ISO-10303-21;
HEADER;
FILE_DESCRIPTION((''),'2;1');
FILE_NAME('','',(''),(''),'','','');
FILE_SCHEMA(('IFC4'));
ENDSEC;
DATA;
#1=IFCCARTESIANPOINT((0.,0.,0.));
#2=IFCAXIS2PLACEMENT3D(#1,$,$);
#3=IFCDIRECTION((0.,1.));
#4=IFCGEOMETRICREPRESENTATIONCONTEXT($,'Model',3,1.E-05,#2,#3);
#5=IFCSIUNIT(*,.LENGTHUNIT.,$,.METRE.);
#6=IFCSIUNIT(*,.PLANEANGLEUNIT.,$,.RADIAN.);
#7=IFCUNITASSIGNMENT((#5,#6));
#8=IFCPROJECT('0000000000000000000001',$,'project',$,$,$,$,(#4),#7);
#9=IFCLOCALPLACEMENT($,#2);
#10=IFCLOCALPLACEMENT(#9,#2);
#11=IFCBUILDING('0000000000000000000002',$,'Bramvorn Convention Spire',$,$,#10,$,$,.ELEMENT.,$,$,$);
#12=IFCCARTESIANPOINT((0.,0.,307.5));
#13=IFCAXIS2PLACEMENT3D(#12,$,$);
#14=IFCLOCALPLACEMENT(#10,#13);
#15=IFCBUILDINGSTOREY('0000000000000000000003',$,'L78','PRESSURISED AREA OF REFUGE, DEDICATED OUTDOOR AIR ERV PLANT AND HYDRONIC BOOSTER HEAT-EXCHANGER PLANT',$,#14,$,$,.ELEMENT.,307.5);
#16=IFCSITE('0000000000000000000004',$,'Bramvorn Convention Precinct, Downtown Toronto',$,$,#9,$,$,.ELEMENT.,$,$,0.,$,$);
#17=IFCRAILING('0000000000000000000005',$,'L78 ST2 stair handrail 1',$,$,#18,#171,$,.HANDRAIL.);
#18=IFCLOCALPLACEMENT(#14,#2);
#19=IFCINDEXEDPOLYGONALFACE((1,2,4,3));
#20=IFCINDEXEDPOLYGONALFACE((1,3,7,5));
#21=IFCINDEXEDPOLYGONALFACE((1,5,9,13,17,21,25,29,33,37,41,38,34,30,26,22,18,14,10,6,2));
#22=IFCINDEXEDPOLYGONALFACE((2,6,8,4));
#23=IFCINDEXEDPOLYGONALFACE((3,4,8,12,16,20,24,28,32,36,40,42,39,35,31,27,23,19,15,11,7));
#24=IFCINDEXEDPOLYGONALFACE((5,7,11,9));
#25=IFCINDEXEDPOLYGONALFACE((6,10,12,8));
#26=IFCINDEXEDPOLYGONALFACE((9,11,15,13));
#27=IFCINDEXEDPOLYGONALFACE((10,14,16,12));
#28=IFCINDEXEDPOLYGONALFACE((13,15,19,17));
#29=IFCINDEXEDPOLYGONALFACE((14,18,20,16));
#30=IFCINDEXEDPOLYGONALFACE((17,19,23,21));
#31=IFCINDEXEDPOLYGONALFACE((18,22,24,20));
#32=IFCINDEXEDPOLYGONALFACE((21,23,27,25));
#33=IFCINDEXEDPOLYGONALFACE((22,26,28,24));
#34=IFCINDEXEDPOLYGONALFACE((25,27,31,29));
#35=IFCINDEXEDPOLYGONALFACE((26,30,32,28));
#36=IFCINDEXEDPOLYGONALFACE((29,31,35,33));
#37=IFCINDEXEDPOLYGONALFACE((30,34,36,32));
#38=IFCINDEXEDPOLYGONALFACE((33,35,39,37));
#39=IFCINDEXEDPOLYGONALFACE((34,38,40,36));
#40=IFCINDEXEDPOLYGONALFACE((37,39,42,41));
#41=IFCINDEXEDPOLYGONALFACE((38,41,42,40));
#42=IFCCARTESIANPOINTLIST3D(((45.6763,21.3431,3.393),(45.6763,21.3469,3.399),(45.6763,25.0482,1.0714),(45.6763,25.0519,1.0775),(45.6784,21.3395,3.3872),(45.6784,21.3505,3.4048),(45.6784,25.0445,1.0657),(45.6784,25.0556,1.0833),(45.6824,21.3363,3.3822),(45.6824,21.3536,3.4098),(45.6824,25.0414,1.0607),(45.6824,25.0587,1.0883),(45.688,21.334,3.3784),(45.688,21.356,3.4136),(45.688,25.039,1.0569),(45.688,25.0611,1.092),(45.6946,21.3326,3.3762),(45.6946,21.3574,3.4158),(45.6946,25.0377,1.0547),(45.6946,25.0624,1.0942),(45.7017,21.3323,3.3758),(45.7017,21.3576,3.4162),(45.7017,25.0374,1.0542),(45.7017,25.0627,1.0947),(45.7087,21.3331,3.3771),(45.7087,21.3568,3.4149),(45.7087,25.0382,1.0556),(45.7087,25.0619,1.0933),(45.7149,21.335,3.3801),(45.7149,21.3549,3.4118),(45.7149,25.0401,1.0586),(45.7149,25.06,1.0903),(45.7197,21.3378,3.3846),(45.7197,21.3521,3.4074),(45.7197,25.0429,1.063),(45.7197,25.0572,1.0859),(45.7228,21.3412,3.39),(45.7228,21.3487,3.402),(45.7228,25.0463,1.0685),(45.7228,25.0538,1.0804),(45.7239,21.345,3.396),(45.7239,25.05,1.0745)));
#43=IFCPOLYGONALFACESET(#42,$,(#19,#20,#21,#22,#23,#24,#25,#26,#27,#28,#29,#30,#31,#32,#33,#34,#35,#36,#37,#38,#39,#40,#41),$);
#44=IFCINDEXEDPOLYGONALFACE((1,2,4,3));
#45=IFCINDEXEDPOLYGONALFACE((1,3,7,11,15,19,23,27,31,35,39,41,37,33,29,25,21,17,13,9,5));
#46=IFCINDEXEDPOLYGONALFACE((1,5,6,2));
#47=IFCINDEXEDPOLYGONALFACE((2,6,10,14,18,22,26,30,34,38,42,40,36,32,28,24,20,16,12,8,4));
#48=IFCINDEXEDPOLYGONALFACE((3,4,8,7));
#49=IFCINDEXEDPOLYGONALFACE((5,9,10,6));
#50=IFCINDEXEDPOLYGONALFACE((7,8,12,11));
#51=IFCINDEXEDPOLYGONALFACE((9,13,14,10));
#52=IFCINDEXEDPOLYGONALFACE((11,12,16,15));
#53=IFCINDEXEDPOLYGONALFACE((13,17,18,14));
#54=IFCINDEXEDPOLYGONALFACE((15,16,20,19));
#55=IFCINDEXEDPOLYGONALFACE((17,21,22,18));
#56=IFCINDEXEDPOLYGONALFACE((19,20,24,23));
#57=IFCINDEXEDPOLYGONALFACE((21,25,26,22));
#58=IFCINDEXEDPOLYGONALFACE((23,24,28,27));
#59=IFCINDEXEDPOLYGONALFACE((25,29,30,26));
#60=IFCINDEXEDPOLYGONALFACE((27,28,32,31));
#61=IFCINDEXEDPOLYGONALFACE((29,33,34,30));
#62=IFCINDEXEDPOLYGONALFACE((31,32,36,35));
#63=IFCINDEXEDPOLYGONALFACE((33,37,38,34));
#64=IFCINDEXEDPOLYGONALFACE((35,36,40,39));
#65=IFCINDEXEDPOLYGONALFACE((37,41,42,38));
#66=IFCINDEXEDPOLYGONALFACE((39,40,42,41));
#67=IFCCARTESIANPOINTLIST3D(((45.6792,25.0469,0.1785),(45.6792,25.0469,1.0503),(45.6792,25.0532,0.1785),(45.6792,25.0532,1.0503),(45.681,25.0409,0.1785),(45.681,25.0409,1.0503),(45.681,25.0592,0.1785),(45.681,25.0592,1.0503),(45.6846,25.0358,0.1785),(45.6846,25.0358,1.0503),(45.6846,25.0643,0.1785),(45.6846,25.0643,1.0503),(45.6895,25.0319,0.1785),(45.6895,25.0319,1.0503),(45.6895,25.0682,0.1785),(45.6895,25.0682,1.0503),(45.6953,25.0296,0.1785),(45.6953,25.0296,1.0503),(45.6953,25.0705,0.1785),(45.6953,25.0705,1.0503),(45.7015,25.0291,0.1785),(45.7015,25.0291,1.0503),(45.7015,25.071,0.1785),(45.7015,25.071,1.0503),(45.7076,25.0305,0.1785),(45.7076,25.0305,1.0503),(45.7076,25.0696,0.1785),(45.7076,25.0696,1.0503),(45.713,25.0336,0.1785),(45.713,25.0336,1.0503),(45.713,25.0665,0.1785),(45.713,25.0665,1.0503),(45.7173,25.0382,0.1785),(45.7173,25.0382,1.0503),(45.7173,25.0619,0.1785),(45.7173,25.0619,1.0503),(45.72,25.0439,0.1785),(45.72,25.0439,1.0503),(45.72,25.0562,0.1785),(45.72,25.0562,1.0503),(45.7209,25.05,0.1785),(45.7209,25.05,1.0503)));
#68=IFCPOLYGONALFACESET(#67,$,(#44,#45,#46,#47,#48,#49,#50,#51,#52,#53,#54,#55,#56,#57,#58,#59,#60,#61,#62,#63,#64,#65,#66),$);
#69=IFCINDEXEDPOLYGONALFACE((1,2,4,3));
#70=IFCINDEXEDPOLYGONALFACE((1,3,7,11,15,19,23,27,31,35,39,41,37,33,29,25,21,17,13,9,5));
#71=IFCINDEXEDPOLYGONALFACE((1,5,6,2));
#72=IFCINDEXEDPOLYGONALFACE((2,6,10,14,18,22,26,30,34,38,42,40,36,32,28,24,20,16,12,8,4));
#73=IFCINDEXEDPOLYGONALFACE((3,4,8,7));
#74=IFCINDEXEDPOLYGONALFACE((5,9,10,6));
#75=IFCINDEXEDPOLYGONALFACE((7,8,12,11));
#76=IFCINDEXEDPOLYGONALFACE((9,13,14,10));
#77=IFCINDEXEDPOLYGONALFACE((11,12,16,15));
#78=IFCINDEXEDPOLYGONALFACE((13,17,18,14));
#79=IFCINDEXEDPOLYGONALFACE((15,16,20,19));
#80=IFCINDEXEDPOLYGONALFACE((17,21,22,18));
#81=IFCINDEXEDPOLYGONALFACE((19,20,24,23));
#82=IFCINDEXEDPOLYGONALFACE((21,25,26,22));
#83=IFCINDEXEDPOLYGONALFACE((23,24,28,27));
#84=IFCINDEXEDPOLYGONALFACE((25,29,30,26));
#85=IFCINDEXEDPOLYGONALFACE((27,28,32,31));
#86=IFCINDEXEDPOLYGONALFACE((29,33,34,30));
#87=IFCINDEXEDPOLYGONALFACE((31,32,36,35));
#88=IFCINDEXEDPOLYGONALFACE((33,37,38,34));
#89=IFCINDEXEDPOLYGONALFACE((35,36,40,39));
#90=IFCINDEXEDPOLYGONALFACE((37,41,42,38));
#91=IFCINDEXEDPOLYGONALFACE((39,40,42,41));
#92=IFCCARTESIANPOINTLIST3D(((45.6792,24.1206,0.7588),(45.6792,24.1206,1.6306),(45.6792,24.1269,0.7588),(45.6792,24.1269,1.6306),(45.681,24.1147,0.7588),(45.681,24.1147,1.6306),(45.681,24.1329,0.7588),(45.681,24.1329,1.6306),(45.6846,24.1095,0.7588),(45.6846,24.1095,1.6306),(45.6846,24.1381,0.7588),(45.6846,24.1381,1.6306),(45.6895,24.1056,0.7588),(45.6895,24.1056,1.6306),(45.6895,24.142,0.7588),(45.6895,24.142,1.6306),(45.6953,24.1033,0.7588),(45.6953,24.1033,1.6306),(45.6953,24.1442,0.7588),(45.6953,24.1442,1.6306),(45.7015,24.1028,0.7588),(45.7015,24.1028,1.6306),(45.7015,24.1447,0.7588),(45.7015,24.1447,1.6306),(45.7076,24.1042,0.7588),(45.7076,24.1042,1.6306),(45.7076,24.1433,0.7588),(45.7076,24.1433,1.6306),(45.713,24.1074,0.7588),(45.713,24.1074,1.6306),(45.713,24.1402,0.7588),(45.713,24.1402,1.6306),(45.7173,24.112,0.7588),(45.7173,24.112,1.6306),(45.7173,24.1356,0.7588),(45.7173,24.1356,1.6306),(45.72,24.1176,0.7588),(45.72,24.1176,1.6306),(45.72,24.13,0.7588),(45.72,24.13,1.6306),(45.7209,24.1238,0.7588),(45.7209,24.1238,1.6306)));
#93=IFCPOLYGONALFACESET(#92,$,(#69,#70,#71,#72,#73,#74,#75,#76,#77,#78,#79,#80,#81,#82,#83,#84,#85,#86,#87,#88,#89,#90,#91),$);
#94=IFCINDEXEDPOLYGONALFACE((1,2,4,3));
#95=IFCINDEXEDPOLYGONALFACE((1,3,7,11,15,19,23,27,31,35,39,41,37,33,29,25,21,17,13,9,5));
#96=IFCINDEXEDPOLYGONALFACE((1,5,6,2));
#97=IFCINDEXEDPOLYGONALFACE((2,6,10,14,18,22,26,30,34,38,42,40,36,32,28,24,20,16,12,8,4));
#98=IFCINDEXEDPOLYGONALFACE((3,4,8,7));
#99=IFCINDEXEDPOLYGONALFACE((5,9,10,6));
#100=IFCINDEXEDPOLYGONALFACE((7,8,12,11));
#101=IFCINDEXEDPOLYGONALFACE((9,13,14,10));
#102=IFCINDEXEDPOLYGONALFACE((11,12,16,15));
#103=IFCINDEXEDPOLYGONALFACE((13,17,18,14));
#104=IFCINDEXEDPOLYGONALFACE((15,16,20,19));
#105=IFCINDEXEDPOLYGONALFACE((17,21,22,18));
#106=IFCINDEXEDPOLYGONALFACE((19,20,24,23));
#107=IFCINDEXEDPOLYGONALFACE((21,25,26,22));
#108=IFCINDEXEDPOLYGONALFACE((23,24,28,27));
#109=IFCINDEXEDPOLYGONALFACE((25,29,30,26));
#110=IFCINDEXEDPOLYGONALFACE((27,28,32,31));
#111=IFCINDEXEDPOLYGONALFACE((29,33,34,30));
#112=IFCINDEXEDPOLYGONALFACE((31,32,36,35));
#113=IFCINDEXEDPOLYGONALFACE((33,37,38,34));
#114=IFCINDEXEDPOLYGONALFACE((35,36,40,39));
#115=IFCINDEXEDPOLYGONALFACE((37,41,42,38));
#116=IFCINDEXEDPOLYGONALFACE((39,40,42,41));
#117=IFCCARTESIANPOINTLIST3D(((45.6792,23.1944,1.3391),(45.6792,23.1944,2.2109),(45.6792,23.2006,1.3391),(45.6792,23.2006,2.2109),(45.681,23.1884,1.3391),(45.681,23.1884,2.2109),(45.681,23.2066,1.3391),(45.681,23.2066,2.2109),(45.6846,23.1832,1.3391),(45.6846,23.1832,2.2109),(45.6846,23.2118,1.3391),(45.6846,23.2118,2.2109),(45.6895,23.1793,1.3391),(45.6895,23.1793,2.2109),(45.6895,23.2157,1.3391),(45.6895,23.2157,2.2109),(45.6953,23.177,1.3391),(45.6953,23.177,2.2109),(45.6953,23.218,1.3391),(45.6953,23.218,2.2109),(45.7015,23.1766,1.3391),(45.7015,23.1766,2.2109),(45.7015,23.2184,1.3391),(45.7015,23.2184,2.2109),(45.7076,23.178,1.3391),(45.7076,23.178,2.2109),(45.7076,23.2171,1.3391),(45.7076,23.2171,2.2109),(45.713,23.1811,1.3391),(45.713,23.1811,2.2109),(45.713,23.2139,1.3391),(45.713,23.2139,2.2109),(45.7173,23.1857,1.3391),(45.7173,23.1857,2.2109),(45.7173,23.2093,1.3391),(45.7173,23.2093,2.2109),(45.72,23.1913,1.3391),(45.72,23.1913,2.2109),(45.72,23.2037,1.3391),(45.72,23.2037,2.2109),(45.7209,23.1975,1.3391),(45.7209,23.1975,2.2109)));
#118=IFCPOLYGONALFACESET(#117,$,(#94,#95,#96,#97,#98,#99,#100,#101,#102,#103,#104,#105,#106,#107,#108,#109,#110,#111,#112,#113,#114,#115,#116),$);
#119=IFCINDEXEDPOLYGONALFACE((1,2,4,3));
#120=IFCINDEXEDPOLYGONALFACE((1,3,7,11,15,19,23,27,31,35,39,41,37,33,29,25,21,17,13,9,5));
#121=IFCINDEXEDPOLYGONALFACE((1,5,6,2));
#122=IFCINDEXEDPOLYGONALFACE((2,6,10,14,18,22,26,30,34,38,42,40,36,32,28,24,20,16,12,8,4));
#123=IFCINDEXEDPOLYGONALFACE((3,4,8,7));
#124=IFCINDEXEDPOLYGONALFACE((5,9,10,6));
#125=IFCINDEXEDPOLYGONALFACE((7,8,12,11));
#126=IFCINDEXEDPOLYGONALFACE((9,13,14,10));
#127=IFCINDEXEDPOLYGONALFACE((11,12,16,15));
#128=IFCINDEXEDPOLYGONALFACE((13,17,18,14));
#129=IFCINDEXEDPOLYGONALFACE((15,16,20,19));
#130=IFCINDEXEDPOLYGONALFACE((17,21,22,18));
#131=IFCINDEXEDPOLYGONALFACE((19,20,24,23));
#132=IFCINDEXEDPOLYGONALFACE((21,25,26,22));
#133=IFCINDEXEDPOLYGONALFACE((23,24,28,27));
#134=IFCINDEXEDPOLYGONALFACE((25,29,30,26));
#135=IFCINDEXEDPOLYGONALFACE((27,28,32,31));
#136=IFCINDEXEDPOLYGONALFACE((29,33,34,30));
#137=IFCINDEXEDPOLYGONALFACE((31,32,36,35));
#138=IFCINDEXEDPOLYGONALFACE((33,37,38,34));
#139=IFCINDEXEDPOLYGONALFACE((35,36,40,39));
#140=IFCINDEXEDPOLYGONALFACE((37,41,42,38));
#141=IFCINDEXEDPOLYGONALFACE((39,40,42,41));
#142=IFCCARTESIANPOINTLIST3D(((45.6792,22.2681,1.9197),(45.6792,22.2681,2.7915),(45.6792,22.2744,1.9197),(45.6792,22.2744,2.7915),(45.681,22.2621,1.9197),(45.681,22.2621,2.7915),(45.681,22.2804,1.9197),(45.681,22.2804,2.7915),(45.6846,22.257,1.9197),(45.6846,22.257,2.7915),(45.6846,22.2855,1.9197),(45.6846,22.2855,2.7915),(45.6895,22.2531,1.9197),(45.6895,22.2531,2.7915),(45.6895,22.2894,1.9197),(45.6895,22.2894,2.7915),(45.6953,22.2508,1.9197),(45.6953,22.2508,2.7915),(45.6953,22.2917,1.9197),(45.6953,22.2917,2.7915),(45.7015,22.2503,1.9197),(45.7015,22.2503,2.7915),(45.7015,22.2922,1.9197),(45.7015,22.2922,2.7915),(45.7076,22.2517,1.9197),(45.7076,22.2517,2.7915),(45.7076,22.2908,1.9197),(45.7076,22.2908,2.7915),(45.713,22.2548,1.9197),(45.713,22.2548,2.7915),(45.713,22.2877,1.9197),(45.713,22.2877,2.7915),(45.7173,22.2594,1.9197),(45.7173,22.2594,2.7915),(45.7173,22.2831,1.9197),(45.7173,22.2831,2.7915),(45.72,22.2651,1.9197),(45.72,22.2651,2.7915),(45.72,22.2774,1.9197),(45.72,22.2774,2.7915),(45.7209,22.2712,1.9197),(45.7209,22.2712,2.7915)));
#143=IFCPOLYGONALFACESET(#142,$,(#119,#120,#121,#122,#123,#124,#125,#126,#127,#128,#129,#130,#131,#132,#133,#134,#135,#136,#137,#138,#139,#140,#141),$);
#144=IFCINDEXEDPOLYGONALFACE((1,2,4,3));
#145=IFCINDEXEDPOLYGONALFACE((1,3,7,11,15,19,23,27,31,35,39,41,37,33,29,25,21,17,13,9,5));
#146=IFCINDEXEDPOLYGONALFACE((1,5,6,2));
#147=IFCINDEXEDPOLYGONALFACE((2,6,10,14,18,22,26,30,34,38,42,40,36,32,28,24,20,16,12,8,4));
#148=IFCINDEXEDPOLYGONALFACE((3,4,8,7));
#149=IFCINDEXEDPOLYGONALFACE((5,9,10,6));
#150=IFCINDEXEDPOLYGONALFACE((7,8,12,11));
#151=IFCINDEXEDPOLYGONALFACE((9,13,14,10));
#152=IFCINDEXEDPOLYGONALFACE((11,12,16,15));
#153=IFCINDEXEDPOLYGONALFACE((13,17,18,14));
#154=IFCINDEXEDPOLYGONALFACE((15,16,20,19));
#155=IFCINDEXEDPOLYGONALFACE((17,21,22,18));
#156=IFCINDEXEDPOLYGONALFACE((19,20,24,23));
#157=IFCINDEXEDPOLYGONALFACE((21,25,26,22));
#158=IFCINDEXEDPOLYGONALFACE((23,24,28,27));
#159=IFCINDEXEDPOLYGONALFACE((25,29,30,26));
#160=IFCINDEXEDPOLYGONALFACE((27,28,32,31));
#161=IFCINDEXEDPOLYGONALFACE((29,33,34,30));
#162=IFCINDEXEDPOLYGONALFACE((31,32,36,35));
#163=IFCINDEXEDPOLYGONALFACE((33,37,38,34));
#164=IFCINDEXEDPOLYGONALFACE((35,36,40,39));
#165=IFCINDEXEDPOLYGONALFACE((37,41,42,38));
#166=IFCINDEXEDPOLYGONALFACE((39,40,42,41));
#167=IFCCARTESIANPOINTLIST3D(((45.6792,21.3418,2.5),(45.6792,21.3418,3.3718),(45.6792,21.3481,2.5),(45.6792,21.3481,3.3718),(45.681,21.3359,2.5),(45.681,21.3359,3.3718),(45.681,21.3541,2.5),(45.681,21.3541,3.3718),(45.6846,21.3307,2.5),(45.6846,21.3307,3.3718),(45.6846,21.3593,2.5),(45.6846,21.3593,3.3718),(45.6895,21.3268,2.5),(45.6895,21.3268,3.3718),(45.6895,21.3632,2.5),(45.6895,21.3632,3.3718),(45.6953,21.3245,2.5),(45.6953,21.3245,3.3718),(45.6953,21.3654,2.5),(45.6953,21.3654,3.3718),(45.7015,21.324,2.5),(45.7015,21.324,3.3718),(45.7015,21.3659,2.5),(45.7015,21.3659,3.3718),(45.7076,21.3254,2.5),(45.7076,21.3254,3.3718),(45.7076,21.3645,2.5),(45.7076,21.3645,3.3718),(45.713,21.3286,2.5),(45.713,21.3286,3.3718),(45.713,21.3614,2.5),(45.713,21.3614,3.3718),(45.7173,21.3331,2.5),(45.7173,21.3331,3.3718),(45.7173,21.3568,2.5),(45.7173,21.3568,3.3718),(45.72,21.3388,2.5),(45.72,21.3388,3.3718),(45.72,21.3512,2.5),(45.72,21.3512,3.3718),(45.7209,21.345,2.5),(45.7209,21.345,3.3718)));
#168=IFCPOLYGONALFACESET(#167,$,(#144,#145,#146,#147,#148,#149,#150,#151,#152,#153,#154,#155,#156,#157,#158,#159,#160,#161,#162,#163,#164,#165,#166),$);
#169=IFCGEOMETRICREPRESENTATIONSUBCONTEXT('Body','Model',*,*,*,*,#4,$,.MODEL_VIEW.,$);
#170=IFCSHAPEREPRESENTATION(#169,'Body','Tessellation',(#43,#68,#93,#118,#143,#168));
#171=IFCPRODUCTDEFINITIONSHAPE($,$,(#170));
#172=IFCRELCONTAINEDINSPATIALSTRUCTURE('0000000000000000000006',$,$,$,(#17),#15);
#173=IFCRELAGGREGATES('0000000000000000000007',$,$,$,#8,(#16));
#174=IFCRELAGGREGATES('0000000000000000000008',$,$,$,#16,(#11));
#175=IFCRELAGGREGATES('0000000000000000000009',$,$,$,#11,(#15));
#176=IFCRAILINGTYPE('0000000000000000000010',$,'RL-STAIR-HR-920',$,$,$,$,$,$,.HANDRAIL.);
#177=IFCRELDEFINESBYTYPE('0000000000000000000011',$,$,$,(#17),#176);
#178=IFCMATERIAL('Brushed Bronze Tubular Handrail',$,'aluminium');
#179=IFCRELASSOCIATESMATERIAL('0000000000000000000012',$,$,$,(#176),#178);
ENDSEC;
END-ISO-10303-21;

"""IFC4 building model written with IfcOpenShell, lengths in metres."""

from ifc_helpers import new_model, si_unit, direction, frame, origin, origin_2d, place, context, subcontext, project, spatial, circle, extrude, material, type_object, element, save


model = new_model("IFC4")

# Units and contexts
model_context = context("Model", 3, precision=1e-05, world=origin(), true_north=direction((0.0, 1.0)))
body_context = subcontext(model_context, "Body", "Model", "MODEL_VIEW")
ifc_project = project(units=[si_unit("LENGTHUNIT", "METRE"), si_unit("PLANEANGLEUNIT", "RADIAN")], contexts=[model_context])

# Site, building, storey
site_placement = place(None, origin())
site = spatial("IfcSite", under=ifc_project, at=site_placement, Name="Bramvorn Convention Precinct, Downtown Toronto", CompositionType="ELEMENT", RefElevation=0.0)
building_placement = place(site_placement, origin())
building = spatial("IfcBuilding", under=site, at=building_placement, Name="Bramvorn Convention Spire", CompositionType="ELEMENT")
storey_placement = place(building_placement, frame((0.0, 0.0, 307.5)))
storey = spatial("IfcBuildingStorey", under=building, at=storey_placement, Name="L78", Description="PRESSURISED AREA OF REFUGE, DEDICATED OUTDOOR AIR ERV PLANT AND HYDRONIC BOOSTER HEAT-EXCHANGER PLANT", CompositionType="ELEMENT", Elevation=307.5)

# Railing
ifc_material_1 = material(Name="Brushed Bronze Tubular Handrail", Category="aluminium")
railing_type_1 = type_object("IfcRailingType", Name="RL-STAIR-HR-920", PredefinedType="HANDRAIL", material=ifc_material_1)
railing_1_placement = place(storey_placement, frame((45.7, 25.05, 0.1785)))
element("IfcRailing", 1, at=railing_1_placement, inside=storey, type_object=railing_type_1, Name="L78 ST2 stair handrail 1", PredefinedType="HANDRAIL", context=body_context, shape_type="SweptSolid", body=[
    extrude(circle(Radius=0.0239, at=origin_2d()), frame((0.0, 0.0, 0.896), z_axis=(0.0, -0.847395, 0.530962), x_axis=(1.0, 0.0, 0.0)), (0.0, 0.0, 1.0), 4.3723),
    extrude(circle(Radius=0.021, at=origin_2d()), origin(), (0.0, 0.0, 1.0), 0.8718),
    extrude(circle(Radius=0.021, at=origin_2d()), frame((0.0, -0.9263, 0.5803)), (0.0, 0.0, 1.0), 0.8718),
    extrude(circle(Radius=0.021, at=origin_2d()), frame((0.0, -1.8525, 1.1606)), (0.0, 0.0, 1.0), 0.8718),
    extrude(circle(Radius=0.021, at=origin_2d()), frame((0.0, -2.7788, 1.7412)), (0.0, 0.0, 1.0), 0.8718),
    extrude(circle(Radius=0.021, at=origin_2d()), frame((0.0, -3.7051, 2.3215)), (0.0, 0.0, 1.0), 0.8718),
])

save(model, "model.ifc")
